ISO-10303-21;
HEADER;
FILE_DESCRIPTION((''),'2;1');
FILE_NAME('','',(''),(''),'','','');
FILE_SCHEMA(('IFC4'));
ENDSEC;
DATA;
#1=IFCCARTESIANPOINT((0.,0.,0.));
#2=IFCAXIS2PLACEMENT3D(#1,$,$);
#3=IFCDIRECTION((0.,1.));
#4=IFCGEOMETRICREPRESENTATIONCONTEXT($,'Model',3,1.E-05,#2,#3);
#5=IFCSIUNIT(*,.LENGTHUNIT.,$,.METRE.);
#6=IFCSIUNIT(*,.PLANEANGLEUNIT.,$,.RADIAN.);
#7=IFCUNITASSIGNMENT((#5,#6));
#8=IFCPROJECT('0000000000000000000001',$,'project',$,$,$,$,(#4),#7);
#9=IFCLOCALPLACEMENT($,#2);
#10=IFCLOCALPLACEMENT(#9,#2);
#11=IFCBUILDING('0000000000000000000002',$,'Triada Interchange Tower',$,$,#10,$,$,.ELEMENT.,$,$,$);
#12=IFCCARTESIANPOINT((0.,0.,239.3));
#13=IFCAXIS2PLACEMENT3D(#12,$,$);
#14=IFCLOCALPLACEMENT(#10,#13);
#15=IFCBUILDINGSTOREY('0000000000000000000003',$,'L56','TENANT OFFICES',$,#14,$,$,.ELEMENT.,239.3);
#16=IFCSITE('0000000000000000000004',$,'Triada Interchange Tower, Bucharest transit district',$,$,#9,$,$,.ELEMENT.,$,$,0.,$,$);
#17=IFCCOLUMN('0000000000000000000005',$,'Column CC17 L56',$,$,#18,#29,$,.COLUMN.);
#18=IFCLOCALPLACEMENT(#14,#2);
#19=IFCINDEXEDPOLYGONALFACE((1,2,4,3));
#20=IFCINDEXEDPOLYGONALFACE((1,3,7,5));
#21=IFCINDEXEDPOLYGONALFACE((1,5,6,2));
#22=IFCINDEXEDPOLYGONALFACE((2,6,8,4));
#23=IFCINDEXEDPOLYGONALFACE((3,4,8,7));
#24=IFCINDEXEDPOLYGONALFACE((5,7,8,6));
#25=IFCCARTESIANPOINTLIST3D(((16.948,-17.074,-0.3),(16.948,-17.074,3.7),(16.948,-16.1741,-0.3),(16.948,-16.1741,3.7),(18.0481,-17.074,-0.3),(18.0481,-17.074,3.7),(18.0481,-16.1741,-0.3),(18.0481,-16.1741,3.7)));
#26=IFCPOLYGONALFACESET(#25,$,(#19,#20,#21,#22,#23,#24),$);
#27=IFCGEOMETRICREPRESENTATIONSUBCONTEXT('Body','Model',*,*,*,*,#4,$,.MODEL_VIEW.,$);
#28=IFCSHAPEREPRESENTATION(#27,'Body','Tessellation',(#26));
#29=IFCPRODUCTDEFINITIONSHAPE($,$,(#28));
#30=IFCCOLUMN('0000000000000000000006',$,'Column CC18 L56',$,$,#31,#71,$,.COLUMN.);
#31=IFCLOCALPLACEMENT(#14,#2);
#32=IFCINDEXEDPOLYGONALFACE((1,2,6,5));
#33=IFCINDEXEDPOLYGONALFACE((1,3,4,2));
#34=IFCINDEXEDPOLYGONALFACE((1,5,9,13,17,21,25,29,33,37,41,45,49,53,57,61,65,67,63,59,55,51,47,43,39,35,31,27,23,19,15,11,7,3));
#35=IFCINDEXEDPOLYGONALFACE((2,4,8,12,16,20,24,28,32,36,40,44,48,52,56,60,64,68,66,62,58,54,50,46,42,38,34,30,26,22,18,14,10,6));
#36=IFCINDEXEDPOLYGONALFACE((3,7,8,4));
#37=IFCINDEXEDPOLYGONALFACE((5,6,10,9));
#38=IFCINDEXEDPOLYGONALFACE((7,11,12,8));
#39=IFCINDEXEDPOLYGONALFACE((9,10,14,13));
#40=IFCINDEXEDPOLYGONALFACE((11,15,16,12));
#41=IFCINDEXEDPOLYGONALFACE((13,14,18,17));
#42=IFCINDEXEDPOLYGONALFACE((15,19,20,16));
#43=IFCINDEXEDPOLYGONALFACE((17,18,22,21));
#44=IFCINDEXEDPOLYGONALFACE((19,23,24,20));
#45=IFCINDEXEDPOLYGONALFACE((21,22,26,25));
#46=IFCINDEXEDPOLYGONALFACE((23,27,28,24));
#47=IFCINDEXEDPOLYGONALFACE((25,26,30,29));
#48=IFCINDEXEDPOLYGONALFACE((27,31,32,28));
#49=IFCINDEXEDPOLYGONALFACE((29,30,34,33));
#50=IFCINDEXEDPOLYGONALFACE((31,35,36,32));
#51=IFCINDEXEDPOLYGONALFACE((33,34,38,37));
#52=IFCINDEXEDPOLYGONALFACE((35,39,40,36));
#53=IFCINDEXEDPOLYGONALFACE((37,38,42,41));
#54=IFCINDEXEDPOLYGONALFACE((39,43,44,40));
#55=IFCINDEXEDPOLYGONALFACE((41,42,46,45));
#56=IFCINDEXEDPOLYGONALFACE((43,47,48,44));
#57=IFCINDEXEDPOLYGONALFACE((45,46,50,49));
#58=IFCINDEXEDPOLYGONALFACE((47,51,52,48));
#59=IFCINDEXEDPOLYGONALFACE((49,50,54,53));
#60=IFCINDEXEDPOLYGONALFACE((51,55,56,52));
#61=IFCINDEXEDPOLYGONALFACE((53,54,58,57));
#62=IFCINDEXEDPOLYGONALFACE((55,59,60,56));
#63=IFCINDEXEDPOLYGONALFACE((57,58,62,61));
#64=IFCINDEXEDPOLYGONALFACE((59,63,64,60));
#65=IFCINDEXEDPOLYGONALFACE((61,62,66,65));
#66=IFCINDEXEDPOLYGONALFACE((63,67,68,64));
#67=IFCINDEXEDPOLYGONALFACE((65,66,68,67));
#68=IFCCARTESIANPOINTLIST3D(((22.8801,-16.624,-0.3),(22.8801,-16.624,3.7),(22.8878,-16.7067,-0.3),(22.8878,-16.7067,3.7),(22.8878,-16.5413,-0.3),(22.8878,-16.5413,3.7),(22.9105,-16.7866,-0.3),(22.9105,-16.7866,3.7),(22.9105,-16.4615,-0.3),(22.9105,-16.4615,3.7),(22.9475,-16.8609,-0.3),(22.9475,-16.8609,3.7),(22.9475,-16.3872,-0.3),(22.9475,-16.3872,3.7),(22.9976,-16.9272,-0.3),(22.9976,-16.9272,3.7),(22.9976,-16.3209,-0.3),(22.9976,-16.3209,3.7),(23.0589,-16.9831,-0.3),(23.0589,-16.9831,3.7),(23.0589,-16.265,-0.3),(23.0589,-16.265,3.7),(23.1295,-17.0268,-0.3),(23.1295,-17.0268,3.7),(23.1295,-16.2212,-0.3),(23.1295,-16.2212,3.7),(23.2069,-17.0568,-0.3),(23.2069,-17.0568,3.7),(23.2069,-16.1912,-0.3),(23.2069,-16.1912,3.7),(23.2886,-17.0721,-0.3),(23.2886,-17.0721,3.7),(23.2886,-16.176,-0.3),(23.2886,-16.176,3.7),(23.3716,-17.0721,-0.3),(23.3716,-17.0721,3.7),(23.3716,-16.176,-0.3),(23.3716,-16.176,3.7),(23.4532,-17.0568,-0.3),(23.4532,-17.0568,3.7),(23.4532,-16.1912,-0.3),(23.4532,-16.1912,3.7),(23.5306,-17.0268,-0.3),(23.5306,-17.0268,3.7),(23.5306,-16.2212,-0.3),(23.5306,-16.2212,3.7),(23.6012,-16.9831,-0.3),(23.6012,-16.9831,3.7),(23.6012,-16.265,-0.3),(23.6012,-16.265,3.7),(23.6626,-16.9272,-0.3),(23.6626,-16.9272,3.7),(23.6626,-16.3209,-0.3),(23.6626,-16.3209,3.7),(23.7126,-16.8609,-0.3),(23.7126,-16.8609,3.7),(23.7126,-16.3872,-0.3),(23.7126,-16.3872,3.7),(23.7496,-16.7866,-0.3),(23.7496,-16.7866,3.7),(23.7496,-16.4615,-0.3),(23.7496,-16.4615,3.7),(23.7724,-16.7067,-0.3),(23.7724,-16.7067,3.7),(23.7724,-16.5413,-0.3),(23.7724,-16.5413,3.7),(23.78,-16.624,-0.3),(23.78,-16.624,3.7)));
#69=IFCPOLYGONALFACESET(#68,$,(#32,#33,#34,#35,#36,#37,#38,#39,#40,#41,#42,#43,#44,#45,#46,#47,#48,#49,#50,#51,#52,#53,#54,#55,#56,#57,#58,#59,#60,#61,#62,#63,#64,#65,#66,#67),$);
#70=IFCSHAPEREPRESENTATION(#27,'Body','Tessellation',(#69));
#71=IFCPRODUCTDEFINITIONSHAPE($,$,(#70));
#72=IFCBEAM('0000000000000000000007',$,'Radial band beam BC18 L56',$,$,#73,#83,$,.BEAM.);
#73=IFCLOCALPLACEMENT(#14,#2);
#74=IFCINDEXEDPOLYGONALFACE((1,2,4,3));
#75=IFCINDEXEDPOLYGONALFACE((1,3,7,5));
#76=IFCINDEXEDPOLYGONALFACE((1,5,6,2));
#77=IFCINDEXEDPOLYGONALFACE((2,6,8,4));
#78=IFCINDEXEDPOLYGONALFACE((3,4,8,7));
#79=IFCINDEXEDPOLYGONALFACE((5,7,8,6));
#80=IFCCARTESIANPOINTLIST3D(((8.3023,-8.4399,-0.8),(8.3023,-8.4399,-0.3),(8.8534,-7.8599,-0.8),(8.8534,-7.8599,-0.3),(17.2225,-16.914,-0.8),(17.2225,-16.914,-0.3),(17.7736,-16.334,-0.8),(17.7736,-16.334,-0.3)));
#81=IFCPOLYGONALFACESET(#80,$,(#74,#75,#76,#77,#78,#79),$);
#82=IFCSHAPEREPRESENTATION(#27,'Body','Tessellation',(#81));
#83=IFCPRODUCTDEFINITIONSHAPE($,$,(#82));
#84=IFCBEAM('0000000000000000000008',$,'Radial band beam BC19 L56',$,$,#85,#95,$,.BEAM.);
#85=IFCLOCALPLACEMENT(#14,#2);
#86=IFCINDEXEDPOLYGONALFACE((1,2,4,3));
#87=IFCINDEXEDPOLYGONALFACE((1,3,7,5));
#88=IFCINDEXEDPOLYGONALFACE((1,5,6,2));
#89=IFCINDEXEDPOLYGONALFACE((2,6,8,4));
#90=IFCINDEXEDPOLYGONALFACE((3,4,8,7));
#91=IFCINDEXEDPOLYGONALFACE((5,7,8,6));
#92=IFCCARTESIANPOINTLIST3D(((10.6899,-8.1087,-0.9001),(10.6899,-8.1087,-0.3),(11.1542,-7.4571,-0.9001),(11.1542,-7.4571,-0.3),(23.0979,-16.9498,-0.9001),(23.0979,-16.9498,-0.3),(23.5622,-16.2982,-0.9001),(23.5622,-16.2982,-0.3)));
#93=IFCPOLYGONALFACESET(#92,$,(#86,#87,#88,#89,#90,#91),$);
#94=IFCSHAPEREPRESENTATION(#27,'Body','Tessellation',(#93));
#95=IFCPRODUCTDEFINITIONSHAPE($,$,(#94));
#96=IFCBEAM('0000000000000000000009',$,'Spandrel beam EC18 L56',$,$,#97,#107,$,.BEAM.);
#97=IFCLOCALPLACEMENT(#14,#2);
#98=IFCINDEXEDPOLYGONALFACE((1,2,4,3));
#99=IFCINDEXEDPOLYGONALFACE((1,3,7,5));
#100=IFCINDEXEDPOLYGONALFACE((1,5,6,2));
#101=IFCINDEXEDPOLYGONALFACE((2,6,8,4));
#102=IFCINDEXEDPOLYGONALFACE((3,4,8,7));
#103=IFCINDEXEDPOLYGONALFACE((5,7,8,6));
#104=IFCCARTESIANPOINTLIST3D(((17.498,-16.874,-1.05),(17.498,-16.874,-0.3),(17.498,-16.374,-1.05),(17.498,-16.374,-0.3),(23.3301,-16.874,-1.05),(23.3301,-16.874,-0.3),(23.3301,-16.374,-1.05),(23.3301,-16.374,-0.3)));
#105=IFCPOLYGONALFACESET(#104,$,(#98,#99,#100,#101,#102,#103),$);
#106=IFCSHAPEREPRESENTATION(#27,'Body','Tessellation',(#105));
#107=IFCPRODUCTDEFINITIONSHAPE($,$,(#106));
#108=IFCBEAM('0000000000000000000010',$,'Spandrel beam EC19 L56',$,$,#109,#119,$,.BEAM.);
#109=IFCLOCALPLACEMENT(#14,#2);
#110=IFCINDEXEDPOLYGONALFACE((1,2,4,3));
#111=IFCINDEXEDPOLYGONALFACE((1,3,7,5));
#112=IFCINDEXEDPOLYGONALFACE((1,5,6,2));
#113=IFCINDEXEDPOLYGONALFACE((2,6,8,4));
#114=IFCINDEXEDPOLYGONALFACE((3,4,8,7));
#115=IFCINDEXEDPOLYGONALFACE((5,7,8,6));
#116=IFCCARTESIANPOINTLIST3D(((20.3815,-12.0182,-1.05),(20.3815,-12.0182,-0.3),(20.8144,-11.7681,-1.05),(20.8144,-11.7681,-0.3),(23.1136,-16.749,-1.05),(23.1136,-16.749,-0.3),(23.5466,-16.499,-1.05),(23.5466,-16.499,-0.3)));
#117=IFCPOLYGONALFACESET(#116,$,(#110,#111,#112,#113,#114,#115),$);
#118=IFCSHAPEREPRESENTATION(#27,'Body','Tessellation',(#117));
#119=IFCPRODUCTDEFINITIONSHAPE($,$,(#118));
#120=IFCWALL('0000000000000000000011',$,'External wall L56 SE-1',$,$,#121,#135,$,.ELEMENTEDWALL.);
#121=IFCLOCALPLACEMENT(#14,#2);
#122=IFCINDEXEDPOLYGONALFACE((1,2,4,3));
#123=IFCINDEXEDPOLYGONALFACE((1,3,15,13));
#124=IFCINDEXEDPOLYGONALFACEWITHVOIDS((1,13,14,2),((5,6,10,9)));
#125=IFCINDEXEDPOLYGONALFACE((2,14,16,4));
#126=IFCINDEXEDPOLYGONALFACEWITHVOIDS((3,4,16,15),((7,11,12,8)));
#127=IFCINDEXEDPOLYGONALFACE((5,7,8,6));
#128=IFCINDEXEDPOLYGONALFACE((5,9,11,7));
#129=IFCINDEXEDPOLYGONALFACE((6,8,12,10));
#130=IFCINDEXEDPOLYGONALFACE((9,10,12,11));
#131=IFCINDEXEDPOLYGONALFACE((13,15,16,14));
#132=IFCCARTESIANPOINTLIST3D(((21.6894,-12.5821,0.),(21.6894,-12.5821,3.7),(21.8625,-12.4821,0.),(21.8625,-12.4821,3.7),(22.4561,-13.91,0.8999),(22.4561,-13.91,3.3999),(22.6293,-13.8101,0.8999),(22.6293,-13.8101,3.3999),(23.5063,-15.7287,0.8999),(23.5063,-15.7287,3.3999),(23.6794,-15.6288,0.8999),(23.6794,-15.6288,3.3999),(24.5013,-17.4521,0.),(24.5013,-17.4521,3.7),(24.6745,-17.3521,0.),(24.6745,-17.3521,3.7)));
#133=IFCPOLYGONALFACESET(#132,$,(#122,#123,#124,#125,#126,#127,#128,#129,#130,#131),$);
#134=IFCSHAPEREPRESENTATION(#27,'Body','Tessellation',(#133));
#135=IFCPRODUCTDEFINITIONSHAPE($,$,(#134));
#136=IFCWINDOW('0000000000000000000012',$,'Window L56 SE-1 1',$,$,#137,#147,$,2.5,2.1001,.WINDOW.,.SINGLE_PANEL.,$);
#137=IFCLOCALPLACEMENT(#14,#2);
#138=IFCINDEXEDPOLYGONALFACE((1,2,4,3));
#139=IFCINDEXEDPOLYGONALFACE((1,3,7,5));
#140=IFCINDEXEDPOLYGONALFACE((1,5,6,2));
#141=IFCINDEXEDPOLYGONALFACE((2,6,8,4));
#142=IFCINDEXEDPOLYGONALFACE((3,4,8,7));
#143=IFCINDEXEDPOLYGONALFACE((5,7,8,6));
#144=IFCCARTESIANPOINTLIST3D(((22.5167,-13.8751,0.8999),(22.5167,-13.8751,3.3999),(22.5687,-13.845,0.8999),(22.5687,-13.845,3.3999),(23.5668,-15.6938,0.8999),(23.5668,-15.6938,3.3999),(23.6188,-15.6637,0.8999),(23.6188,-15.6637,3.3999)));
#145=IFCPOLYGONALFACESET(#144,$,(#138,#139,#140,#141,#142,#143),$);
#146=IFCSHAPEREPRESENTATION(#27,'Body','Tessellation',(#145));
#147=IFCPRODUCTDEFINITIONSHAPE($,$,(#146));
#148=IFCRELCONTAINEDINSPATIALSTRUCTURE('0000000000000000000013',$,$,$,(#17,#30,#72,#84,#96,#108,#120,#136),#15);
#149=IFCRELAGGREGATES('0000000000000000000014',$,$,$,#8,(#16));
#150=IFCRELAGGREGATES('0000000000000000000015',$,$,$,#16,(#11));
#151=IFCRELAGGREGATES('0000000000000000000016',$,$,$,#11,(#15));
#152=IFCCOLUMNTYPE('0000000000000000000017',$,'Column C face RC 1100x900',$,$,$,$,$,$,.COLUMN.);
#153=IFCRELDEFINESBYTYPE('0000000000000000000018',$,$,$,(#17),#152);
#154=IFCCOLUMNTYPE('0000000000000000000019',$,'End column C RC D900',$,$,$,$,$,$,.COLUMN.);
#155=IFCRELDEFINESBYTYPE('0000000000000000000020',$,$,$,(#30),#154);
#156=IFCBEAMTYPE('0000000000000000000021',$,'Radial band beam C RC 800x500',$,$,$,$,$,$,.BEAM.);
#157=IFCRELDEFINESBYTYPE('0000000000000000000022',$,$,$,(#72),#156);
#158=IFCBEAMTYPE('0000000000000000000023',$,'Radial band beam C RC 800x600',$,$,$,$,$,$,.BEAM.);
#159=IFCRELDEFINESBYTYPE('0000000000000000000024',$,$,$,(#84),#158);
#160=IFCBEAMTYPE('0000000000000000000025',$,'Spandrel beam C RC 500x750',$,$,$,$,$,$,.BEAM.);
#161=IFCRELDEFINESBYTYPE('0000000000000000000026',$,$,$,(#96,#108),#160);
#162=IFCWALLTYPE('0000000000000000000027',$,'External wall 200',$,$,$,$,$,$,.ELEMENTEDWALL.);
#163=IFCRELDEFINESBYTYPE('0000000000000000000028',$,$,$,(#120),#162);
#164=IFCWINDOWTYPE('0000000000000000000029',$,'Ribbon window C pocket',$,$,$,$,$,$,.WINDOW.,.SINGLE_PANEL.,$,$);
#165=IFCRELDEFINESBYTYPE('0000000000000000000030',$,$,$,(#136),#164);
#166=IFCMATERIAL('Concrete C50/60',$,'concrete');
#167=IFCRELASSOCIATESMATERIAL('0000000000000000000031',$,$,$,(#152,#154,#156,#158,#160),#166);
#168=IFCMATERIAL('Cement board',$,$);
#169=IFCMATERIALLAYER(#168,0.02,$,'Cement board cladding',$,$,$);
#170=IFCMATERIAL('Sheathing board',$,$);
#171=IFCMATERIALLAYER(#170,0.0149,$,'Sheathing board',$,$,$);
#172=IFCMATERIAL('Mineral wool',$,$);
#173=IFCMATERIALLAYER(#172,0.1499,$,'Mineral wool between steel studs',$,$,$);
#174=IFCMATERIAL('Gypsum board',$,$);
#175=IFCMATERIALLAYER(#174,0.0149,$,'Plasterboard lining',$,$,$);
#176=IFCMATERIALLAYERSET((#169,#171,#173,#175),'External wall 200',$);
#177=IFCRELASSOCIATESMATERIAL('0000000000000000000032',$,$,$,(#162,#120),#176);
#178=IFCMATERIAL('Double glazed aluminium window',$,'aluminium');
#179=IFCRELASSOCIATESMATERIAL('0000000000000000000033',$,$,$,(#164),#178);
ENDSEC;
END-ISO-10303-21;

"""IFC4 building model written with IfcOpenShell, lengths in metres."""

from ifc_helpers import new_model, si_unit, direction, frame, frame_2d, origin, origin_2d, place, context, subcontext, project, spatial, rectangle, circle, extrude, material, layer, layer_set, layer_usage, material_profile, profile_set, type_object, element, fill, save


model = new_model("IFC4")

# Units and contexts
model_context = context("Model", 3, precision=1e-05, world=origin(), true_north=direction((0.0, 1.0)))
body_context = subcontext(model_context, "Body", "Model", "MODEL_VIEW")
ifc_project = project(units=[si_unit("LENGTHUNIT", "METRE"), si_unit("PLANEANGLEUNIT", "RADIAN")], contexts=[model_context])

# Site, building, storey
site_placement = place(None, origin())
site = spatial("IfcSite", under=ifc_project, at=site_placement, Name="Triada Interchange Tower, Bucharest transit district", CompositionType="ELEMENT", RefElevation=0.0)
building_placement = place(site_placement, origin())
building = spatial("IfcBuilding", under=site, at=building_placement, Name="Triada Interchange Tower", CompositionType="ELEMENT")
storey_placement = place(building_placement, frame((0.0, 0.0, 239.3)))
storey = spatial("IfcBuildingStorey", under=building, at=storey_placement, Name="L56", Description="TENANT OFFICES", CompositionType="ELEMENT", Elevation=239.3)

# Columns
ifc_material_1 = material(Name="Concrete C50/60", Category="concrete")
ifc_material_profile_1 = material_profile(ifc_material_1, rectangle(XDim=1.1001, YDim=0.8999, at=origin_2d()), Name="RC 1100x900")
ifc_profile_set_1 = profile_set([ifc_material_profile_1], Name="Concrete C50/60")
column_type_1 = type_object("IfcColumnType", Name="Column C face RC 1100x900", PredefinedType="COLUMN", material=ifc_profile_set_1)
column_1_placement = place(storey_placement, frame((17.498, -16.624, -0.3), z_axis=(0.0, 0.0, 1.0), x_axis=(1.0, 0.0, 0.0)))
element("IfcColumn", 1, at=column_1_placement, inside=storey, type_object=column_type_1, Name="Column CC17 L56", PredefinedType="COLUMN", context=body_context, shape_type="SweptSolid", body=[
    extrude(rectangle(XDim=1.1001, YDim=0.8999, at=origin_2d()), origin(), (0.0, 0.0, 1.0), 4.0),
])
ifc_material_profile_2 = material_profile(ifc_material_1, circle(Radius=0.45, at=origin_2d()), Name="RC D900")
ifc_profile_set_2 = profile_set([ifc_material_profile_2], Name="Concrete C50/60")
column_type_2 = type_object("IfcColumnType", Name="End column C RC D900", PredefinedType="COLUMN", material=ifc_profile_set_2)
column_2_placement = place(storey_placement, frame((23.3301, -16.624, -0.3), z_axis=(0.0, 0.0, 1.0), x_axis=(1.0, 0.0, 0.0)))
element("IfcColumn", 2, at=column_2_placement, inside=storey, type_object=column_type_2, Name="Column CC18 L56", PredefinedType="COLUMN", context=body_context, shape_type="SweptSolid", body=[
    extrude(circle(Radius=0.45, at=origin_2d()), origin(), (0.0, 0.0, 1.0), 4.0),
])

# Beams
ifc_material_profile_3 = material_profile(ifc_material_1, rectangle(XDim=0.8, YDim=0.5, at=origin_2d()), Name="RC 800x500")
ifc_profile_set_3 = profile_set([ifc_material_profile_3], Name="Concrete C50/60")
beam_type_1 = type_object("IfcBeamType", Name="Radial band beam C RC 800x500", PredefinedType="BEAM", material=ifc_profile_set_3)
beam_1_placement = place(storey_placement, frame((17.498, -16.624, -0.55), z_axis=(-0.725001, 0.688748, 0.0), x_axis=(-0.688748, -0.725001, 0.0)))
element("IfcBeam", 3, at=beam_1_placement, inside=storey, type_object=beam_type_1, Name="Radial band beam BC18 L56", PredefinedType="BEAM", context=body_context, shape_type="SweptSolid", body=[
    extrude(rectangle(XDim=0.8, YDim=0.5, at=origin_2d()), origin(), (0.0, 0.0, 1.0), 12.3037),
])
ifc_material_profile_4 = material_profile(ifc_material_1, rectangle(XDim=0.8, YDim=0.6001, at=origin_2d()), Name="RC 800x600")
ifc_profile_set_4 = profile_set([ifc_material_profile_4], Name="Concrete C50/60")
beam_type_2 = type_object("IfcBeamType", Name="Radial band beam C RC 800x600", PredefinedType="BEAM", material=ifc_profile_set_4)
beam_2_placement = place(storey_placement, frame((23.3301, -16.624, -0.6001), z_axis=(-0.814409, 0.580292, 0.0), x_axis=(-0.580292, -0.814409, 0.0)))
element("IfcBeam", 4, at=beam_2_placement, inside=storey, type_object=beam_type_2, Name="Radial band beam BC19 L56", PredefinedType="BEAM", context=body_context, shape_type="SweptSolid", body=[
    extrude(rectangle(XDim=0.8, YDim=0.6001, at=origin_2d()), origin(), (0.0, 0.0, 1.0), 15.2356),
])
ifc_material_profile_5 = material_profile(ifc_material_1, rectangle(XDim=0.5, YDim=0.75, at=origin_2d()), Name="RC 500x750")
ifc_profile_set_5 = profile_set([ifc_material_profile_5], Name="Concrete C50/60")
beam_type_3 = type_object("IfcBeamType", Name="Spandrel beam C RC 500x750", PredefinedType="BEAM", material=ifc_profile_set_5)
beam_3_placement = place(storey_placement, frame((17.498, -16.624, -0.675), z_axis=(1.0, 0.0, 0.0), x_axis=(0.0, 1.0, 0.0)))
element("IfcBeam", 5, at=beam_3_placement, inside=storey, type_object=beam_type_3, Name="Spandrel beam EC18 L56", PredefinedType="BEAM", context=body_context, shape_type="SweptSolid", body=[
    extrude(rectangle(XDim=0.5, YDim=0.75, at=origin_2d()), origin(), (0.0, 0.0, 1.0), 5.832),
])
beam_4_placement = place(storey_placement, frame((23.3301, -16.624, -0.675), z_axis=(-0.500104, 0.865965, 0.0), x_axis=(-0.865965, -0.500104, 0.0)))
element("IfcBeam", 6, at=beam_4_placement, inside=storey, type_object=beam_type_3, Name="Spandrel beam EC19 L56", PredefinedType="BEAM", context=body_context, shape_type="SweptSolid", body=[
    extrude(rectangle(XDim=0.5, YDim=0.75, at=origin_2d()), origin(), (0.0, 0.0, 1.0), 5.4631),
])

# Wall, opening, window
ifc_material_2 = material(Name="Cement board")
ifc_layer_1 = layer(ifc_material_2, 0.02, Name="Cement board cladding")
ifc_material_3 = material(Name="Sheathing board")
ifc_layer_2 = layer(ifc_material_3, 0.0149, Name="Sheathing board")
ifc_material_4 = material(Name="Mineral wool")
ifc_layer_3 = layer(ifc_material_4, 0.1499, Name="Mineral wool between steel studs")
ifc_material_5 = material(Name="Gypsum board")
ifc_layer_4 = layer(ifc_material_5, 0.0149, Name="Plasterboard lining")
ifc_layer_set_1 = layer_set([ifc_layer_1, ifc_layer_2, ifc_layer_3, ifc_layer_4], Name="External wall 200")
ifc_layer_usage = layer_usage(ifc_layer_set_1, "AXIS2", "POSITIVE", -0.1001)
wall_type_1 = type_object("IfcWallType", Name="External wall 200", PredefinedType="ELEMENTEDWALL", material=ifc_layer_set_1)
wall_1_placement = place(storey_placement, frame((24.5879, -17.4021, 0.0), z_axis=(0.0, 0.0, 1.0), x_axis=(-0.500033, 0.866006, 0.0)))
wall_1 = element("IfcWall", 7, at=wall_1_placement, inside=storey, type_object=wall_type_1, material=ifc_layer_usage, Name="External wall L56 SE-1", PredefinedType="ELEMENTEDWALL", context=body_context, shape_type="SweptSolid", body=[
    extrude(rectangle(XDim=5.6235, YDim=0.2, at=frame_2d((2.8118, 0.0))), origin(), (0.0, 0.0, 1.0), 3.7),
])
opening_1_placement = place(wall_1_placement, frame((1.99, 0.0, 0.8999)))
opening_1 = element("IfcOpeningElement", 8, at=opening_1_placement, cuts=wall_1, PredefinedType="OPENING", context=body_context, shape_type="SweptSolid", body=[
    extrude(rectangle(XDim=2.1001, YDim=2.5, at=frame_2d((1.05, 1.25))), frame((0.0, 0.1099, 0.0), z_axis=(0.0, -1.0, 0.0), x_axis=(1.0, 0.0, 0.0)), (0.0, 0.0, 1.0), 0.22),
])
ifc_material_6 = material(Name="Double glazed aluminium window", Category="aluminium")
window_type_1 = type_object("IfcWindowType", Name="Ribbon window C pocket", PartitioningType="SINGLE_PANEL", PredefinedType="WINDOW", material=ifc_material_6)
window_1_placement = place(opening_1_placement, origin())
window_1 = element("IfcWindow", 9, at=window_1_placement, inside=storey, type_object=window_type_1, Name="Window L56 SE-1 1", OverallHeight=2.5, OverallWidth=2.1001, PartitioningType="SINGLE_PANEL", PredefinedType="WINDOW", context=body_context, shape_type="SweptSolid", body=[
    extrude(rectangle(XDim=2.1001, YDim=2.5, at=frame_2d((1.05, 1.25))), frame((0.0, 0.03, 0.0), z_axis=(0.0, -1.0, 0.0), x_axis=(1.0, 0.0, 0.0)), (0.0, 0.0, 1.0), 0.0601),
])
fill(opening_1, window_1)

save(model, "model.ifc")
